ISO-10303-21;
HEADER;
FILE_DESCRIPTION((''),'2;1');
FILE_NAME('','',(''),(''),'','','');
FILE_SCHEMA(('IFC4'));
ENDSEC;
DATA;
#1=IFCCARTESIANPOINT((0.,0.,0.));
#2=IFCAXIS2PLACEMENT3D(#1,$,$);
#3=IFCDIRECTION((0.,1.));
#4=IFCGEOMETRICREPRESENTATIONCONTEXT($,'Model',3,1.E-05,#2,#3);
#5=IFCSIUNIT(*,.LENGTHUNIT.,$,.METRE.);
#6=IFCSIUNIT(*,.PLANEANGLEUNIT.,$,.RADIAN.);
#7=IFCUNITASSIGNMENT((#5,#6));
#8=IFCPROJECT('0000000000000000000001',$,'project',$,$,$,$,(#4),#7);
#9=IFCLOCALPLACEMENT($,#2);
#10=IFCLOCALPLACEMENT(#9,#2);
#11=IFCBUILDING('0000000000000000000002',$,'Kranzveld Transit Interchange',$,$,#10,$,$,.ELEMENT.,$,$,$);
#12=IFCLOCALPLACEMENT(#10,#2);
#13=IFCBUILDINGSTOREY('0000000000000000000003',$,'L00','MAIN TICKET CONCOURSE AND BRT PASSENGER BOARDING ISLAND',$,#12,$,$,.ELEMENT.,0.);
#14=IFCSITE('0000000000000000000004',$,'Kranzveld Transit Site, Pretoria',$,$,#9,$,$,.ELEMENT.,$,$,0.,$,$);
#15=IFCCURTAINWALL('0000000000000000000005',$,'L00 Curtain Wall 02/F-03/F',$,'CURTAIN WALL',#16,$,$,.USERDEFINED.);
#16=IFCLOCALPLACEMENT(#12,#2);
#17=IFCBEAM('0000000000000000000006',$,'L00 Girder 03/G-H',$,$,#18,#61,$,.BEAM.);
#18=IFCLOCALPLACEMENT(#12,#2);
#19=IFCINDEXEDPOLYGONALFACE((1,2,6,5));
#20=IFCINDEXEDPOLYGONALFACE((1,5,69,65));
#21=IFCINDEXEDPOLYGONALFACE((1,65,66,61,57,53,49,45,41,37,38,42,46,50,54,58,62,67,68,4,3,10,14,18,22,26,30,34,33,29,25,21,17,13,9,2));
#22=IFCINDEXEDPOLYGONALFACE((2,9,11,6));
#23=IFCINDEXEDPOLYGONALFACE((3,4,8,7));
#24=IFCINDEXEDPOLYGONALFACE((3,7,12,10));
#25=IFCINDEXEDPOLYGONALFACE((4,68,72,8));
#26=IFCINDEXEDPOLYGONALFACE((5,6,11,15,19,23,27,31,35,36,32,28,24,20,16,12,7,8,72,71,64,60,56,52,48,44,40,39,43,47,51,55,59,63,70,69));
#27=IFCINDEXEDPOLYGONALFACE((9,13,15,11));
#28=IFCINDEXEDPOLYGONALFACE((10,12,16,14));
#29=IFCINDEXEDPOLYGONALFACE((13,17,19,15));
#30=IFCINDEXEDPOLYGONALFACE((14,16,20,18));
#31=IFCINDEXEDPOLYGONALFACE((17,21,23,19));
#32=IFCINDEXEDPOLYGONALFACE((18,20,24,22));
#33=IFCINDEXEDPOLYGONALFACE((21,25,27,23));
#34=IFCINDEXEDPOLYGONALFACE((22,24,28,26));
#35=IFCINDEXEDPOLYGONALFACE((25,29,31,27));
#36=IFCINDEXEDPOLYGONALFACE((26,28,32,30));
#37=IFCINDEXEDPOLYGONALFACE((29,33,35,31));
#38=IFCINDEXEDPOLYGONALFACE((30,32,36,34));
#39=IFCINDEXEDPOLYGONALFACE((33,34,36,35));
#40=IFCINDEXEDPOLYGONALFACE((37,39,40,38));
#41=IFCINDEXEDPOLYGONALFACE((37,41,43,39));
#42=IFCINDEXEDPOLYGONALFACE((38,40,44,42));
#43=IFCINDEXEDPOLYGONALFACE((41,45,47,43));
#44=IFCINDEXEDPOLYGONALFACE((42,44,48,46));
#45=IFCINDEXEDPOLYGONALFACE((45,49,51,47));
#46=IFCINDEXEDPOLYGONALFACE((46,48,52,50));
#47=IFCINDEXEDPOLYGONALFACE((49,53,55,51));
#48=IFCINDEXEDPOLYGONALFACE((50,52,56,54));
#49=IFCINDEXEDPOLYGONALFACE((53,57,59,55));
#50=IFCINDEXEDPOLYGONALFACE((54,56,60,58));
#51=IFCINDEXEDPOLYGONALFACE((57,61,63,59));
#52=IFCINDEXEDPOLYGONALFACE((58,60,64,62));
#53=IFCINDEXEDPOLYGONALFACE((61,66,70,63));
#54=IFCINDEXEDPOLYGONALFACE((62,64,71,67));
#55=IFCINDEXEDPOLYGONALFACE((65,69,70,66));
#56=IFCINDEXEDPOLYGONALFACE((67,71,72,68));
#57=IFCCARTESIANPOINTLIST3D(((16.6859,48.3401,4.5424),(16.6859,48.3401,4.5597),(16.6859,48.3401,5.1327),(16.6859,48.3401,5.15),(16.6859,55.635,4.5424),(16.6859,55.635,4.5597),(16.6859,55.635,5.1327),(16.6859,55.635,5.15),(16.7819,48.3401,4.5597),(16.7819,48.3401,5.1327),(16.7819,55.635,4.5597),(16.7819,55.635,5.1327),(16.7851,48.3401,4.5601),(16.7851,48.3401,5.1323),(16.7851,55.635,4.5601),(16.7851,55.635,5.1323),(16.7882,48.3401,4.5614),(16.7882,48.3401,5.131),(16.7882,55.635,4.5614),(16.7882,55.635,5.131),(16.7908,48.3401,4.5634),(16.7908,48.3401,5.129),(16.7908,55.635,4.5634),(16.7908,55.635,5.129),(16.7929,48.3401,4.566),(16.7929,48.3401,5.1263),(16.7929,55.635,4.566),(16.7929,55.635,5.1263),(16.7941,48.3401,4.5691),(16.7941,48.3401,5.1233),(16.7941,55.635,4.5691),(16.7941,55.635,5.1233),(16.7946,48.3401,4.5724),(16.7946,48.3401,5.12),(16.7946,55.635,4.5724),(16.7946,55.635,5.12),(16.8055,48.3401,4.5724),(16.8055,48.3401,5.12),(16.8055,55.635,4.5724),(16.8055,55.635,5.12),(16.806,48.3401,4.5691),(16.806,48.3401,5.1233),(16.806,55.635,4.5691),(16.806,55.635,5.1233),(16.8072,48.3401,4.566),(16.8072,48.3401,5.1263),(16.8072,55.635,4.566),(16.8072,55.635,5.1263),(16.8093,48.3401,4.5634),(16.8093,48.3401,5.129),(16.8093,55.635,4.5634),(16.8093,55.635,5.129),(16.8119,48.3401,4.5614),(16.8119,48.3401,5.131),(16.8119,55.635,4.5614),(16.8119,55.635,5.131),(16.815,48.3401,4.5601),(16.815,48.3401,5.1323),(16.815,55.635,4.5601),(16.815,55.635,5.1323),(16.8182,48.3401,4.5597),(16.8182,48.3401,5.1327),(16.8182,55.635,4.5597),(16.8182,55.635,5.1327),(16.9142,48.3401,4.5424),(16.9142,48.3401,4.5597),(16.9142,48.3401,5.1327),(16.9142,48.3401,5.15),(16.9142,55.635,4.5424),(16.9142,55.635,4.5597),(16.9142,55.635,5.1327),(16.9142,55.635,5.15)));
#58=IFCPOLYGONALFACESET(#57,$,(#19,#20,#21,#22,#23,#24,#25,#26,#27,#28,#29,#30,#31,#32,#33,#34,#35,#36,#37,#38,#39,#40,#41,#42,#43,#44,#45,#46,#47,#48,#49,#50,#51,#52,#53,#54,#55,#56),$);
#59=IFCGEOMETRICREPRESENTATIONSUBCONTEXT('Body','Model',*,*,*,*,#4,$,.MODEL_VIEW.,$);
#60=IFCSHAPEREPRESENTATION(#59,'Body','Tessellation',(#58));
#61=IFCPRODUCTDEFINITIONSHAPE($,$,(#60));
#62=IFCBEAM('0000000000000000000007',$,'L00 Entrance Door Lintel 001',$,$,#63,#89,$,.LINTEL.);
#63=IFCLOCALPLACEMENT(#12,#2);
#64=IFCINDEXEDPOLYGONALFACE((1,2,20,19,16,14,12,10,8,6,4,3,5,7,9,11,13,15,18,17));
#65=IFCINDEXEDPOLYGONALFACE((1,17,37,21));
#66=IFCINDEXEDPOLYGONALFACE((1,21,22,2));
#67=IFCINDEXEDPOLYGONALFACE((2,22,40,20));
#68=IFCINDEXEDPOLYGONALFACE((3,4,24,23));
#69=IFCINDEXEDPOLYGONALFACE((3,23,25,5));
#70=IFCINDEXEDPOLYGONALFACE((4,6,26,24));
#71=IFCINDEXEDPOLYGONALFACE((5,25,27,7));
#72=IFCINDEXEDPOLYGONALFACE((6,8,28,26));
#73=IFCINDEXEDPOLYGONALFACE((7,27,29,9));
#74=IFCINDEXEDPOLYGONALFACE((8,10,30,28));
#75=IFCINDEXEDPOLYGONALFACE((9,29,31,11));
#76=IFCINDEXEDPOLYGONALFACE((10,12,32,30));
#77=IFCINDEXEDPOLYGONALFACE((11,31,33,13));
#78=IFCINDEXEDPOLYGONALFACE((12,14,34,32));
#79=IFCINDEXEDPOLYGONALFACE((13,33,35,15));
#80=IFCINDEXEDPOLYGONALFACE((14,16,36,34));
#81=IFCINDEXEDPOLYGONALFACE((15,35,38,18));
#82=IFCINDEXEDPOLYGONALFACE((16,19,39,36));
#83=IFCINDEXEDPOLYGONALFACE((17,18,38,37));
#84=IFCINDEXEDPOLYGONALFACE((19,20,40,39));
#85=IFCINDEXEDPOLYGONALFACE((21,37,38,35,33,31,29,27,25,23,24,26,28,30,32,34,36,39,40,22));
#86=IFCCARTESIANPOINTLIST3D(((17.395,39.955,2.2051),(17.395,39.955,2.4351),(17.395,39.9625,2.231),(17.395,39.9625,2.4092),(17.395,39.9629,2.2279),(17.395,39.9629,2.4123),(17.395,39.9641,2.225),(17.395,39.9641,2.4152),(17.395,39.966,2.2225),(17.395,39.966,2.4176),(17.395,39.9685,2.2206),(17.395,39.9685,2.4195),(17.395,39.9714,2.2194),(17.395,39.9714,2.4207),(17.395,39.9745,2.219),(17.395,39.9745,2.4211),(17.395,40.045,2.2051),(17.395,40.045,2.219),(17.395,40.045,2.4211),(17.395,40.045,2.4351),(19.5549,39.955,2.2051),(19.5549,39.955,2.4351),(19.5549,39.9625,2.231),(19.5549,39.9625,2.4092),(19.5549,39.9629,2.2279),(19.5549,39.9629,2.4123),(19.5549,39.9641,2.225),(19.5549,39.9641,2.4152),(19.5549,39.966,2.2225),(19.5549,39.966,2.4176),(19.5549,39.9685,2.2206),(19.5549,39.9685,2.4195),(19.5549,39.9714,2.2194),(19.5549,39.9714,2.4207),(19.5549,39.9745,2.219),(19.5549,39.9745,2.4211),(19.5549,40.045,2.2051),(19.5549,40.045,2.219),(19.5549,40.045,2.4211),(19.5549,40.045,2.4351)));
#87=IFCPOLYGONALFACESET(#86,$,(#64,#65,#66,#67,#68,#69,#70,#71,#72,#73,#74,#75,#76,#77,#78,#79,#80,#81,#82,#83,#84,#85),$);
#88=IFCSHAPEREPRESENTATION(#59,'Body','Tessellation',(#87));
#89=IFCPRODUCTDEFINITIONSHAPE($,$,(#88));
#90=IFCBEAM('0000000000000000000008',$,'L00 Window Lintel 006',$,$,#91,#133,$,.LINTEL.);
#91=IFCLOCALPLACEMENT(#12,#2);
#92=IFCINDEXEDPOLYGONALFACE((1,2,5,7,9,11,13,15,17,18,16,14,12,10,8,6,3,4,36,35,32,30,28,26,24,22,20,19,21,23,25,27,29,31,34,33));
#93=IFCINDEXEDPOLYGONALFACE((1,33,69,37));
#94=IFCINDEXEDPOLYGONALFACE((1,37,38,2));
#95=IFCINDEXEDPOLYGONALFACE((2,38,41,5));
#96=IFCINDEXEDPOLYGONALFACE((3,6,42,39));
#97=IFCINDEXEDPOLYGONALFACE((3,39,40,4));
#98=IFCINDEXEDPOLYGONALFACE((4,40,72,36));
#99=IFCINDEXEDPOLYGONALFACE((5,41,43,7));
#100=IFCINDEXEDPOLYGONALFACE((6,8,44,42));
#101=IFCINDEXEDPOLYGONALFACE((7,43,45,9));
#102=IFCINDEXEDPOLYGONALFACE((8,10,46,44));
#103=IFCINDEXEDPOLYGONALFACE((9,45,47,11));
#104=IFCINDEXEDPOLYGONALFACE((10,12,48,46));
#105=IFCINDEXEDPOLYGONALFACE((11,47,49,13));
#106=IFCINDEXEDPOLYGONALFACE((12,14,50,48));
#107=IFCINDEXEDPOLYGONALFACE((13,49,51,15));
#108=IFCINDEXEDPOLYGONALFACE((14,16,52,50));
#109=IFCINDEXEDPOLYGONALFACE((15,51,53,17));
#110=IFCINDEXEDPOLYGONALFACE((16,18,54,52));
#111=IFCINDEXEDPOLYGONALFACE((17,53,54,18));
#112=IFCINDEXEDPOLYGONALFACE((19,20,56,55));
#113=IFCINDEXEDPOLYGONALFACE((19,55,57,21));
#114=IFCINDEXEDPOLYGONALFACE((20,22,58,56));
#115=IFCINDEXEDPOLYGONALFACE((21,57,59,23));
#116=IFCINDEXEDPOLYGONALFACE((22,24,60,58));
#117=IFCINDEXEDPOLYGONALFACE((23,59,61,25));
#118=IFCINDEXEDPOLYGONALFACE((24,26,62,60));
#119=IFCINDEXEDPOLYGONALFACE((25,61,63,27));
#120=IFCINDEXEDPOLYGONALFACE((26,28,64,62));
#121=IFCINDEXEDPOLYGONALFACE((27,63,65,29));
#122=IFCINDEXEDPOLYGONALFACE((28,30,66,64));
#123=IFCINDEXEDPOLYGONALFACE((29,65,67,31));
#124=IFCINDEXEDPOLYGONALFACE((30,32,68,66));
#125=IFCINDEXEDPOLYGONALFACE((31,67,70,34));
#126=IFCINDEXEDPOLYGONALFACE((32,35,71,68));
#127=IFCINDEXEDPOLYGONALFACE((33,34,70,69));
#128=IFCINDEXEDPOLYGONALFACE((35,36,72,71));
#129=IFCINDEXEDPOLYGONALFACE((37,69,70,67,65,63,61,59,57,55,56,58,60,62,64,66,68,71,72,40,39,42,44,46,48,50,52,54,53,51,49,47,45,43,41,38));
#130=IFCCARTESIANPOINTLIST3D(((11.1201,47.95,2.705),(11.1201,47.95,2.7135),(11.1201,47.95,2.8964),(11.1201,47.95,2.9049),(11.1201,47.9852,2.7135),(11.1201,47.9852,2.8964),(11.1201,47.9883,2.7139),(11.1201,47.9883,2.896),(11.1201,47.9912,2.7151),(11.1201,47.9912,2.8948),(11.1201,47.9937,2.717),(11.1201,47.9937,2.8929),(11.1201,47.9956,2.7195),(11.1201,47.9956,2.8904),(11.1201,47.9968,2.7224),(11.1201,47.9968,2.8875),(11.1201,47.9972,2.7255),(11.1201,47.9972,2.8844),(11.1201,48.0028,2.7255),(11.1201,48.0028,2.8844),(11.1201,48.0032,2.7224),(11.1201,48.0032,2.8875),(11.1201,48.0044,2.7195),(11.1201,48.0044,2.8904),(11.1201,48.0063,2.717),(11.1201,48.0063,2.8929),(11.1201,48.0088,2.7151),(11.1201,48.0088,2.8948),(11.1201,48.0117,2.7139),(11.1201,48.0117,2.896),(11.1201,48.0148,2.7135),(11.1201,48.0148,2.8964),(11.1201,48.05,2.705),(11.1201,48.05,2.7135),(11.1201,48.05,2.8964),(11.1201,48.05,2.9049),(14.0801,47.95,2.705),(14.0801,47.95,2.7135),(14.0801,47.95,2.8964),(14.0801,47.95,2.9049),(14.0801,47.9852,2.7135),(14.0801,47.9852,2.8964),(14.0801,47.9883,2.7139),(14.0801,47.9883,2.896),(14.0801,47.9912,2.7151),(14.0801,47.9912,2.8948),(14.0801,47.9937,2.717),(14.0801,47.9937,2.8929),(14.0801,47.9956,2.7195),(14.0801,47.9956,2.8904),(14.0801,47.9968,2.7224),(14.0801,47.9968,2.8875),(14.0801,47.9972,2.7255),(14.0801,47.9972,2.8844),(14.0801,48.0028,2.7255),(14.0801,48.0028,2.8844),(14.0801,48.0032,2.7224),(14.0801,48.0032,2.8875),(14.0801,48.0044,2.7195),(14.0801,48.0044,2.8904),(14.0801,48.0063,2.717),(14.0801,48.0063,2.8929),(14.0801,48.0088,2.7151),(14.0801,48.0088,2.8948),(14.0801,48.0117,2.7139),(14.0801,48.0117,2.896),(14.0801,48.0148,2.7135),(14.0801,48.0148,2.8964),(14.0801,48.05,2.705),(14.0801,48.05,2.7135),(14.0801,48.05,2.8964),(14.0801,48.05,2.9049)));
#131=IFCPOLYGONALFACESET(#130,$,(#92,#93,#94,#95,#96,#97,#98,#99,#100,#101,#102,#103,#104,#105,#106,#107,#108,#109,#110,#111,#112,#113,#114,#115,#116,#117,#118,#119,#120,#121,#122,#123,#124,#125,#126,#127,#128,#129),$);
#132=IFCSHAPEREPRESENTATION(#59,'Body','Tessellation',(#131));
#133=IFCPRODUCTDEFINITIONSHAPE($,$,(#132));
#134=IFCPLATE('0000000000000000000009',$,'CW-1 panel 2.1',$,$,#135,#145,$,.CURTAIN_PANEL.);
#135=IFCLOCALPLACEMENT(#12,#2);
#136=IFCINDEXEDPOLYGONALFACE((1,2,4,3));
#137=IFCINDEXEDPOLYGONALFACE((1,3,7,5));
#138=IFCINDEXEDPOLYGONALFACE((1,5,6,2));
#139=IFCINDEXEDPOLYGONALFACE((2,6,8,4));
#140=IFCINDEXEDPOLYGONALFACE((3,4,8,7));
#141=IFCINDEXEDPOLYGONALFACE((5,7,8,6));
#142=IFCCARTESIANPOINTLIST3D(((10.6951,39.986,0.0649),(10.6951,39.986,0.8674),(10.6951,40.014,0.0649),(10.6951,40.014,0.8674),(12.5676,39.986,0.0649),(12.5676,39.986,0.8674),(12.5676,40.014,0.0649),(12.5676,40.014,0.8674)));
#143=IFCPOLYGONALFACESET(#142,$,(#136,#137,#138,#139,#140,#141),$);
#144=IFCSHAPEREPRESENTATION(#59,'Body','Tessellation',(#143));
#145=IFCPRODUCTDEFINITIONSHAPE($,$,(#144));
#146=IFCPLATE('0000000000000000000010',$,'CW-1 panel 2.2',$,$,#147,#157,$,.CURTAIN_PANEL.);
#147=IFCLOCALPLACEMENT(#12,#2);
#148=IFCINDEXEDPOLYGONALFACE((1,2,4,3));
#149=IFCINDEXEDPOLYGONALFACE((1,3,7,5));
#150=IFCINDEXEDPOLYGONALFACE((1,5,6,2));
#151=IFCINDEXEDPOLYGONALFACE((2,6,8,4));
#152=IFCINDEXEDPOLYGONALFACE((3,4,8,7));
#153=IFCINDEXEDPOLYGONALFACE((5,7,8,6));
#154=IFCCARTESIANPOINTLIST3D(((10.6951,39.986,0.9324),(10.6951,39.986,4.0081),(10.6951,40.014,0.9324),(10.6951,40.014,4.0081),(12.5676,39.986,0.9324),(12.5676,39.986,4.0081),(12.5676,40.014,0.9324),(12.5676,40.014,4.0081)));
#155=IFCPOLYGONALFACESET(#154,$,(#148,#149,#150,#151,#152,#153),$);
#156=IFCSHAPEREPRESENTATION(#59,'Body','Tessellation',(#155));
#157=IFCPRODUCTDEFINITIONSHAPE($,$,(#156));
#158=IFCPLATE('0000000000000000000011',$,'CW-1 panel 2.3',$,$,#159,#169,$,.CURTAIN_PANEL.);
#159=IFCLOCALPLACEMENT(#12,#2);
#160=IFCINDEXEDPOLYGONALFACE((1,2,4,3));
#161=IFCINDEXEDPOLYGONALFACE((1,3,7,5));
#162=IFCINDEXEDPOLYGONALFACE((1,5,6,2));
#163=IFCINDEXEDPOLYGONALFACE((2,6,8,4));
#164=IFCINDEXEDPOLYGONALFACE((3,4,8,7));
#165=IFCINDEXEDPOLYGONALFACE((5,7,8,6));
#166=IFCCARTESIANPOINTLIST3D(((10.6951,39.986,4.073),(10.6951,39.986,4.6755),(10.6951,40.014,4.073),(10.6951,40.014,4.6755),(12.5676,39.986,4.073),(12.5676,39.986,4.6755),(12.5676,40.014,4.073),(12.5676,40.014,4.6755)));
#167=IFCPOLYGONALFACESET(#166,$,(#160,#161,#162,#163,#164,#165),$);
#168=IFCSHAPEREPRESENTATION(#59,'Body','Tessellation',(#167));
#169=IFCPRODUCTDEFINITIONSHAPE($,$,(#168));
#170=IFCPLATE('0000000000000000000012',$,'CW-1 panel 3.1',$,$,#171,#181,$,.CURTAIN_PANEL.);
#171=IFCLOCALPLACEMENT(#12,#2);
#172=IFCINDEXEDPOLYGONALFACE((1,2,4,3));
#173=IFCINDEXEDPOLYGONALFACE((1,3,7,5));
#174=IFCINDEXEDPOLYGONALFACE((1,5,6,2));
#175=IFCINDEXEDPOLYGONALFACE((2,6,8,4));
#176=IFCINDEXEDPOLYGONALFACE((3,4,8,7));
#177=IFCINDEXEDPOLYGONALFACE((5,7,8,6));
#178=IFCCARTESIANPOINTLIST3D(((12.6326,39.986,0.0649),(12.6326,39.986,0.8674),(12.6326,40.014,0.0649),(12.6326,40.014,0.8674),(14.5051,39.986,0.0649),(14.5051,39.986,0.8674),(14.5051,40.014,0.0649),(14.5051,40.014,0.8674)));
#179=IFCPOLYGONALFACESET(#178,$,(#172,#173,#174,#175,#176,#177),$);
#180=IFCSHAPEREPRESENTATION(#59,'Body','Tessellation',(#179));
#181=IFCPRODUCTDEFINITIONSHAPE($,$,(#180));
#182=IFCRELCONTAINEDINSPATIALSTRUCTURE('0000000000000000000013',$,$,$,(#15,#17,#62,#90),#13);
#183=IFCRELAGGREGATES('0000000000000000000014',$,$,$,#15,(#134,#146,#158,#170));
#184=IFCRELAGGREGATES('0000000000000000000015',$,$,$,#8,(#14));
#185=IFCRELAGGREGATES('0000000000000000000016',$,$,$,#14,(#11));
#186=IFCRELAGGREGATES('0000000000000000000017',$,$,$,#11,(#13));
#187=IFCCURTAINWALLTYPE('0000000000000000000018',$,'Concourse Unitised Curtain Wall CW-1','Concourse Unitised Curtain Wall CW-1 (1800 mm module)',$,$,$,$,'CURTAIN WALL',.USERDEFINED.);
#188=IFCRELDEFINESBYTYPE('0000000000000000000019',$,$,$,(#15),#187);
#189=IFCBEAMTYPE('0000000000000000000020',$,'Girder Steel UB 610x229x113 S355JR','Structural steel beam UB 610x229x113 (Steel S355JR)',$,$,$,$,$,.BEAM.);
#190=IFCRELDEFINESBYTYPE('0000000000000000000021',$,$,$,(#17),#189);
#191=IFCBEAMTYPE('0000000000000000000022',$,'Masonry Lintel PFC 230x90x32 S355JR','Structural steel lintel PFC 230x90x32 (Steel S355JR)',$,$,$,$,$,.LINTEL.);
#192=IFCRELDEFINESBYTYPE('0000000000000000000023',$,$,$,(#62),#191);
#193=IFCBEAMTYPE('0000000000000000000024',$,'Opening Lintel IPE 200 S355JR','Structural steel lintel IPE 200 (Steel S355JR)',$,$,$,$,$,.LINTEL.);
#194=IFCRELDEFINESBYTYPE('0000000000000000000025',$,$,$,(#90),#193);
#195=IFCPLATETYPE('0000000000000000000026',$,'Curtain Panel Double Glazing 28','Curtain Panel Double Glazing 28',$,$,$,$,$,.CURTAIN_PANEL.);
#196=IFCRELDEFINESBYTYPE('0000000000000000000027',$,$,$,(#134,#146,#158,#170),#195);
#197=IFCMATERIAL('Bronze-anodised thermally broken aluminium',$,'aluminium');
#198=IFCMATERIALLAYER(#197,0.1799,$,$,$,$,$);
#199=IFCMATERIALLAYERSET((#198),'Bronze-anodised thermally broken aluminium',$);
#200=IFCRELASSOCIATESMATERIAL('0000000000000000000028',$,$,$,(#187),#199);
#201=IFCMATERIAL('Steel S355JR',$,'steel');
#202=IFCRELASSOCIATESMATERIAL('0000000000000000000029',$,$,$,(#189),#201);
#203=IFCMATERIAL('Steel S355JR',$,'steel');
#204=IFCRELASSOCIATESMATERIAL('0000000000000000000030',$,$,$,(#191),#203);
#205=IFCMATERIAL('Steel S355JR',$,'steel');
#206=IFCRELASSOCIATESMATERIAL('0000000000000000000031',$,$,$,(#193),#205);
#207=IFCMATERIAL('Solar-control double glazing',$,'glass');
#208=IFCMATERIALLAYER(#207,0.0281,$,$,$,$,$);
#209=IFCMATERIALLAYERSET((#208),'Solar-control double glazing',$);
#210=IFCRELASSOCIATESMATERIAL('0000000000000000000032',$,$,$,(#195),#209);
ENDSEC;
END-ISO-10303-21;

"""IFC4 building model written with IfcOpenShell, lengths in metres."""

from ifc_helpers import new_model, si_unit, direction, frame, origin, origin_2d, place, context, subcontext, project, spatial, rectangle, i_section, u_section, extrude, material, layer, layer_set, material_profile, profile_set, type_object, element, aggregate, save


model = new_model("IFC4")

# Units and contexts
model_context = context("Model", 3, precision=1e-05, world=origin(), true_north=direction((0.0, 1.0)))
body_context = subcontext(model_context, "Body", "Model", "MODEL_VIEW")
ifc_project = project(units=[si_unit("LENGTHUNIT", "METRE"), si_unit("PLANEANGLEUNIT", "RADIAN")], contexts=[model_context])

# Site, building, storey
site_placement = place(None, origin())
site = spatial("IfcSite", under=ifc_project, at=site_placement, Name="Kranzveld Transit Site, Pretoria", CompositionType="ELEMENT", RefElevation=0.0)
building_placement = place(site_placement, origin())
building = spatial("IfcBuilding", under=site, at=building_placement, Name="Kranzveld Transit Interchange", CompositionType="ELEMENT")
storey_placement = place(building_placement, origin())
storey = spatial("IfcBuildingStorey", under=building, at=storey_placement, Name="L00", Description="MAIN TICKET CONCOURSE AND BRT PASSENGER BOARDING ISLAND", CompositionType="ELEMENT", Elevation=0.0)

# Curtain wall
ifc_material_1 = material(Name="Bronze-anodised thermally broken aluminium", Category="aluminium")
ifc_layer_1 = layer(ifc_material_1, 0.1799)
ifc_layer_set_1 = layer_set([ifc_layer_1], Name="Bronze-anodised thermally broken aluminium")
curtain_wall_type = type_object("IfcCurtainWallType", Name="Concourse Unitised Curtain Wall CW-1", Description="Concourse Unitised Curtain Wall CW-1 (1800 mm module)", ElementType="CURTAIN WALL", PredefinedType="USERDEFINED", material=ifc_layer_set_1)
curtain_wall_placement = place(storey_placement, origin())
curtain_wall = element("IfcCurtainWall", 1, at=curtain_wall_placement, inside=storey, type_object=curtain_wall_type, Name="L00 Curtain Wall 02/F-03/F", ObjectType="CURTAIN WALL", PredefinedType="USERDEFINED")

# Beams
ifc_material_2 = material(Name="Steel S355JR", Category="steel")
ifc_material_profile_1 = material_profile(ifc_material_2, i_section(OverallWidth=0.2283, OverallDepth=0.6077, WebThickness=0.011, FlangeThickness=0.0173, FilletRadius=0.0127, at=origin_2d()), Name="UB 610x229x113")
ifc_profile_set_1 = profile_set([ifc_material_profile_1], Name="Steel S355JR")
beam_type_1 = type_object("IfcBeamType", Name="Girder Steel UB 610x229x113 S355JR", Description="Structural steel beam UB 610x229x113 (Steel S355JR)", PredefinedType="BEAM", material=ifc_profile_set_1)
beam_1_placement = place(storey_placement, frame((16.8, 48.3401, 4.8462), z_axis=(0.0, 1.0, 0.0), x_axis=(-1.0, 0.0, 0.0)))
element("IfcBeam", 2, at=beam_1_placement, inside=storey, type_object=beam_type_1, Name="L00 Girder 03/G-H", PredefinedType="BEAM", context=body_context, shape_type="SweptSolid", body=[
    extrude(i_section(OverallWidth=0.2283, OverallDepth=0.6077, WebThickness=0.011, FlangeThickness=0.0173, FilletRadius=0.0127, at=origin_2d()), origin(), (0.0, 0.0, 1.0), 7.2949),
])
ifc_material_3 = material(Name="Steel S355JR", Category="steel")
ifc_material_profile_2 = material_profile(ifc_material_3, u_section(Depth=0.23, FlangeWidth=0.0901, WebThickness=0.0076, FlangeThickness=0.0139, FilletRadius=0.012, at=origin_2d()), Name="PFC 230x90x32")
ifc_profile_set_2 = profile_set([ifc_material_profile_2], Name="Steel S355JR")
beam_type_2 = type_object("IfcBeamType", Name="Masonry Lintel PFC 230x90x32 S355JR", Description="Structural steel lintel PFC 230x90x32 (Steel S355JR)", PredefinedType="LINTEL", material=ifc_profile_set_2)
beam_2_placement = place(storey_placement, frame((17.395, 40.0, 2.3201), z_axis=(1.0, 0.0, 0.0), x_axis=(0.0, 1.0, 0.0)))
element("IfcBeam", 3, at=beam_2_placement, inside=storey, type_object=beam_type_2, Name="L00 Entrance Door Lintel 001", PredefinedType="LINTEL", context=body_context, shape_type="SweptSolid", body=[
    extrude(u_section(Depth=0.23, FlangeWidth=0.0901, WebThickness=0.0076, FlangeThickness=0.0139, FilletRadius=0.012, at=origin_2d()), origin(), (0.0, 0.0, 1.0), 2.1599),
])
ifc_material_4 = material(Name="Steel S355JR", Category="steel")
ifc_material_profile_3 = material_profile(ifc_material_4, i_section(OverallWidth=0.1001, OverallDepth=0.2, WebThickness=0.0056, FlangeThickness=0.0085, FilletRadius=0.012, at=origin_2d()), Name="IPE 200")
ifc_profile_set_3 = profile_set([ifc_material_profile_3], Name="Steel S355JR")
beam_type_3 = type_object("IfcBeamType", Name="Opening Lintel IPE 200 S355JR", Description="Structural steel lintel IPE 200 (Steel S355JR)", PredefinedType="LINTEL", material=ifc_profile_set_3)
beam_3_placement = place(storey_placement, frame((11.1201, 48.0, 2.8049), z_axis=(1.0, 0.0, 0.0), x_axis=(0.0, 1.0, 0.0)))
element("IfcBeam", 4, at=beam_3_placement, inside=storey, type_object=beam_type_3, Name="L00 Window Lintel 006", PredefinedType="LINTEL", context=body_context, shape_type="SweptSolid", body=[
    extrude(i_section(OverallWidth=0.1001, OverallDepth=0.2, WebThickness=0.0056, FlangeThickness=0.0085, FilletRadius=0.012, at=origin_2d()), origin(), (0.0, 0.0, 1.0), 2.96),
])

# Plates
ifc_material_5 = material(Name="Solar-control double glazing", Category="glass")
ifc_layer_2 = layer(ifc_material_5, 0.0281)
ifc_layer_set_2 = layer_set([ifc_layer_2], Name="Solar-control double glazing")
plate_type = type_object("IfcPlateType", Name="Curtain Panel Double Glazing 28", Description="Curtain Panel Double Glazing 28", PredefinedType="CURTAIN_PANEL", material=ifc_layer_set_2)
plate_1_placement = place(storey_placement, frame((11.6313, 40.0, 0.0649), z_axis=(0.0, 0.0, 1.0), x_axis=(1.0, 0.0, 0.0)))
plate_1 = element("IfcPlate", 5, at=plate_1_placement, type_object=plate_type, Name="CW-1 panel 2.1", PredefinedType="CURTAIN_PANEL", context=body_context, shape_type="SweptSolid", body=[
    extrude(rectangle(XDim=1.8726, YDim=0.0281, at=origin_2d()), origin(), (0.0, 0.0, 1.0), 0.8025),
])
plate_2_placement = place(storey_placement, frame((11.6313, 40.0, 0.9324), z_axis=(0.0, 0.0, 1.0), x_axis=(1.0, 0.0, 0.0)))
plate_2 = element("IfcPlate", 6, at=plate_2_placement, type_object=plate_type, Name="CW-1 panel 2.2", PredefinedType="CURTAIN_PANEL", context=body_context, shape_type="SweptSolid", body=[
    extrude(rectangle(XDim=1.8726, YDim=0.0281, at=origin_2d()), origin(), (0.0, 0.0, 1.0), 3.0757),
])
plate_3_placement = place(storey_placement, frame((11.6313, 40.0, 4.073), z_axis=(0.0, 0.0, 1.0), x_axis=(1.0, 0.0, 0.0)))
plate_3 = element("IfcPlate", 7, at=plate_3_placement, type_object=plate_type, Name="CW-1 panel 2.3", PredefinedType="CURTAIN_PANEL", context=body_context, shape_type="SweptSolid", body=[
    extrude(rectangle(XDim=1.8726, YDim=0.0281, at=origin_2d()), origin(), (0.0, 0.0, 1.0), 0.6025),
])
plate_4_placement = place(storey_placement, frame((13.5688, 40.0, 0.0649), z_axis=(0.0, 0.0, 1.0), x_axis=(1.0, 0.0, 0.0)))
plate_4 = element("IfcPlate", 8, at=plate_4_placement, type_object=plate_type, Name="CW-1 panel 3.1", PredefinedType="CURTAIN_PANEL", context=body_context, shape_type="SweptSolid", body=[
    extrude(rectangle(XDim=1.8726, YDim=0.0281, at=origin_2d()), origin(), (0.0, 0.0, 1.0), 0.8025),
])
aggregate(curtain_wall, [plate_1, plate_2, plate_3, plate_4])

save(model, "model.ifc")
